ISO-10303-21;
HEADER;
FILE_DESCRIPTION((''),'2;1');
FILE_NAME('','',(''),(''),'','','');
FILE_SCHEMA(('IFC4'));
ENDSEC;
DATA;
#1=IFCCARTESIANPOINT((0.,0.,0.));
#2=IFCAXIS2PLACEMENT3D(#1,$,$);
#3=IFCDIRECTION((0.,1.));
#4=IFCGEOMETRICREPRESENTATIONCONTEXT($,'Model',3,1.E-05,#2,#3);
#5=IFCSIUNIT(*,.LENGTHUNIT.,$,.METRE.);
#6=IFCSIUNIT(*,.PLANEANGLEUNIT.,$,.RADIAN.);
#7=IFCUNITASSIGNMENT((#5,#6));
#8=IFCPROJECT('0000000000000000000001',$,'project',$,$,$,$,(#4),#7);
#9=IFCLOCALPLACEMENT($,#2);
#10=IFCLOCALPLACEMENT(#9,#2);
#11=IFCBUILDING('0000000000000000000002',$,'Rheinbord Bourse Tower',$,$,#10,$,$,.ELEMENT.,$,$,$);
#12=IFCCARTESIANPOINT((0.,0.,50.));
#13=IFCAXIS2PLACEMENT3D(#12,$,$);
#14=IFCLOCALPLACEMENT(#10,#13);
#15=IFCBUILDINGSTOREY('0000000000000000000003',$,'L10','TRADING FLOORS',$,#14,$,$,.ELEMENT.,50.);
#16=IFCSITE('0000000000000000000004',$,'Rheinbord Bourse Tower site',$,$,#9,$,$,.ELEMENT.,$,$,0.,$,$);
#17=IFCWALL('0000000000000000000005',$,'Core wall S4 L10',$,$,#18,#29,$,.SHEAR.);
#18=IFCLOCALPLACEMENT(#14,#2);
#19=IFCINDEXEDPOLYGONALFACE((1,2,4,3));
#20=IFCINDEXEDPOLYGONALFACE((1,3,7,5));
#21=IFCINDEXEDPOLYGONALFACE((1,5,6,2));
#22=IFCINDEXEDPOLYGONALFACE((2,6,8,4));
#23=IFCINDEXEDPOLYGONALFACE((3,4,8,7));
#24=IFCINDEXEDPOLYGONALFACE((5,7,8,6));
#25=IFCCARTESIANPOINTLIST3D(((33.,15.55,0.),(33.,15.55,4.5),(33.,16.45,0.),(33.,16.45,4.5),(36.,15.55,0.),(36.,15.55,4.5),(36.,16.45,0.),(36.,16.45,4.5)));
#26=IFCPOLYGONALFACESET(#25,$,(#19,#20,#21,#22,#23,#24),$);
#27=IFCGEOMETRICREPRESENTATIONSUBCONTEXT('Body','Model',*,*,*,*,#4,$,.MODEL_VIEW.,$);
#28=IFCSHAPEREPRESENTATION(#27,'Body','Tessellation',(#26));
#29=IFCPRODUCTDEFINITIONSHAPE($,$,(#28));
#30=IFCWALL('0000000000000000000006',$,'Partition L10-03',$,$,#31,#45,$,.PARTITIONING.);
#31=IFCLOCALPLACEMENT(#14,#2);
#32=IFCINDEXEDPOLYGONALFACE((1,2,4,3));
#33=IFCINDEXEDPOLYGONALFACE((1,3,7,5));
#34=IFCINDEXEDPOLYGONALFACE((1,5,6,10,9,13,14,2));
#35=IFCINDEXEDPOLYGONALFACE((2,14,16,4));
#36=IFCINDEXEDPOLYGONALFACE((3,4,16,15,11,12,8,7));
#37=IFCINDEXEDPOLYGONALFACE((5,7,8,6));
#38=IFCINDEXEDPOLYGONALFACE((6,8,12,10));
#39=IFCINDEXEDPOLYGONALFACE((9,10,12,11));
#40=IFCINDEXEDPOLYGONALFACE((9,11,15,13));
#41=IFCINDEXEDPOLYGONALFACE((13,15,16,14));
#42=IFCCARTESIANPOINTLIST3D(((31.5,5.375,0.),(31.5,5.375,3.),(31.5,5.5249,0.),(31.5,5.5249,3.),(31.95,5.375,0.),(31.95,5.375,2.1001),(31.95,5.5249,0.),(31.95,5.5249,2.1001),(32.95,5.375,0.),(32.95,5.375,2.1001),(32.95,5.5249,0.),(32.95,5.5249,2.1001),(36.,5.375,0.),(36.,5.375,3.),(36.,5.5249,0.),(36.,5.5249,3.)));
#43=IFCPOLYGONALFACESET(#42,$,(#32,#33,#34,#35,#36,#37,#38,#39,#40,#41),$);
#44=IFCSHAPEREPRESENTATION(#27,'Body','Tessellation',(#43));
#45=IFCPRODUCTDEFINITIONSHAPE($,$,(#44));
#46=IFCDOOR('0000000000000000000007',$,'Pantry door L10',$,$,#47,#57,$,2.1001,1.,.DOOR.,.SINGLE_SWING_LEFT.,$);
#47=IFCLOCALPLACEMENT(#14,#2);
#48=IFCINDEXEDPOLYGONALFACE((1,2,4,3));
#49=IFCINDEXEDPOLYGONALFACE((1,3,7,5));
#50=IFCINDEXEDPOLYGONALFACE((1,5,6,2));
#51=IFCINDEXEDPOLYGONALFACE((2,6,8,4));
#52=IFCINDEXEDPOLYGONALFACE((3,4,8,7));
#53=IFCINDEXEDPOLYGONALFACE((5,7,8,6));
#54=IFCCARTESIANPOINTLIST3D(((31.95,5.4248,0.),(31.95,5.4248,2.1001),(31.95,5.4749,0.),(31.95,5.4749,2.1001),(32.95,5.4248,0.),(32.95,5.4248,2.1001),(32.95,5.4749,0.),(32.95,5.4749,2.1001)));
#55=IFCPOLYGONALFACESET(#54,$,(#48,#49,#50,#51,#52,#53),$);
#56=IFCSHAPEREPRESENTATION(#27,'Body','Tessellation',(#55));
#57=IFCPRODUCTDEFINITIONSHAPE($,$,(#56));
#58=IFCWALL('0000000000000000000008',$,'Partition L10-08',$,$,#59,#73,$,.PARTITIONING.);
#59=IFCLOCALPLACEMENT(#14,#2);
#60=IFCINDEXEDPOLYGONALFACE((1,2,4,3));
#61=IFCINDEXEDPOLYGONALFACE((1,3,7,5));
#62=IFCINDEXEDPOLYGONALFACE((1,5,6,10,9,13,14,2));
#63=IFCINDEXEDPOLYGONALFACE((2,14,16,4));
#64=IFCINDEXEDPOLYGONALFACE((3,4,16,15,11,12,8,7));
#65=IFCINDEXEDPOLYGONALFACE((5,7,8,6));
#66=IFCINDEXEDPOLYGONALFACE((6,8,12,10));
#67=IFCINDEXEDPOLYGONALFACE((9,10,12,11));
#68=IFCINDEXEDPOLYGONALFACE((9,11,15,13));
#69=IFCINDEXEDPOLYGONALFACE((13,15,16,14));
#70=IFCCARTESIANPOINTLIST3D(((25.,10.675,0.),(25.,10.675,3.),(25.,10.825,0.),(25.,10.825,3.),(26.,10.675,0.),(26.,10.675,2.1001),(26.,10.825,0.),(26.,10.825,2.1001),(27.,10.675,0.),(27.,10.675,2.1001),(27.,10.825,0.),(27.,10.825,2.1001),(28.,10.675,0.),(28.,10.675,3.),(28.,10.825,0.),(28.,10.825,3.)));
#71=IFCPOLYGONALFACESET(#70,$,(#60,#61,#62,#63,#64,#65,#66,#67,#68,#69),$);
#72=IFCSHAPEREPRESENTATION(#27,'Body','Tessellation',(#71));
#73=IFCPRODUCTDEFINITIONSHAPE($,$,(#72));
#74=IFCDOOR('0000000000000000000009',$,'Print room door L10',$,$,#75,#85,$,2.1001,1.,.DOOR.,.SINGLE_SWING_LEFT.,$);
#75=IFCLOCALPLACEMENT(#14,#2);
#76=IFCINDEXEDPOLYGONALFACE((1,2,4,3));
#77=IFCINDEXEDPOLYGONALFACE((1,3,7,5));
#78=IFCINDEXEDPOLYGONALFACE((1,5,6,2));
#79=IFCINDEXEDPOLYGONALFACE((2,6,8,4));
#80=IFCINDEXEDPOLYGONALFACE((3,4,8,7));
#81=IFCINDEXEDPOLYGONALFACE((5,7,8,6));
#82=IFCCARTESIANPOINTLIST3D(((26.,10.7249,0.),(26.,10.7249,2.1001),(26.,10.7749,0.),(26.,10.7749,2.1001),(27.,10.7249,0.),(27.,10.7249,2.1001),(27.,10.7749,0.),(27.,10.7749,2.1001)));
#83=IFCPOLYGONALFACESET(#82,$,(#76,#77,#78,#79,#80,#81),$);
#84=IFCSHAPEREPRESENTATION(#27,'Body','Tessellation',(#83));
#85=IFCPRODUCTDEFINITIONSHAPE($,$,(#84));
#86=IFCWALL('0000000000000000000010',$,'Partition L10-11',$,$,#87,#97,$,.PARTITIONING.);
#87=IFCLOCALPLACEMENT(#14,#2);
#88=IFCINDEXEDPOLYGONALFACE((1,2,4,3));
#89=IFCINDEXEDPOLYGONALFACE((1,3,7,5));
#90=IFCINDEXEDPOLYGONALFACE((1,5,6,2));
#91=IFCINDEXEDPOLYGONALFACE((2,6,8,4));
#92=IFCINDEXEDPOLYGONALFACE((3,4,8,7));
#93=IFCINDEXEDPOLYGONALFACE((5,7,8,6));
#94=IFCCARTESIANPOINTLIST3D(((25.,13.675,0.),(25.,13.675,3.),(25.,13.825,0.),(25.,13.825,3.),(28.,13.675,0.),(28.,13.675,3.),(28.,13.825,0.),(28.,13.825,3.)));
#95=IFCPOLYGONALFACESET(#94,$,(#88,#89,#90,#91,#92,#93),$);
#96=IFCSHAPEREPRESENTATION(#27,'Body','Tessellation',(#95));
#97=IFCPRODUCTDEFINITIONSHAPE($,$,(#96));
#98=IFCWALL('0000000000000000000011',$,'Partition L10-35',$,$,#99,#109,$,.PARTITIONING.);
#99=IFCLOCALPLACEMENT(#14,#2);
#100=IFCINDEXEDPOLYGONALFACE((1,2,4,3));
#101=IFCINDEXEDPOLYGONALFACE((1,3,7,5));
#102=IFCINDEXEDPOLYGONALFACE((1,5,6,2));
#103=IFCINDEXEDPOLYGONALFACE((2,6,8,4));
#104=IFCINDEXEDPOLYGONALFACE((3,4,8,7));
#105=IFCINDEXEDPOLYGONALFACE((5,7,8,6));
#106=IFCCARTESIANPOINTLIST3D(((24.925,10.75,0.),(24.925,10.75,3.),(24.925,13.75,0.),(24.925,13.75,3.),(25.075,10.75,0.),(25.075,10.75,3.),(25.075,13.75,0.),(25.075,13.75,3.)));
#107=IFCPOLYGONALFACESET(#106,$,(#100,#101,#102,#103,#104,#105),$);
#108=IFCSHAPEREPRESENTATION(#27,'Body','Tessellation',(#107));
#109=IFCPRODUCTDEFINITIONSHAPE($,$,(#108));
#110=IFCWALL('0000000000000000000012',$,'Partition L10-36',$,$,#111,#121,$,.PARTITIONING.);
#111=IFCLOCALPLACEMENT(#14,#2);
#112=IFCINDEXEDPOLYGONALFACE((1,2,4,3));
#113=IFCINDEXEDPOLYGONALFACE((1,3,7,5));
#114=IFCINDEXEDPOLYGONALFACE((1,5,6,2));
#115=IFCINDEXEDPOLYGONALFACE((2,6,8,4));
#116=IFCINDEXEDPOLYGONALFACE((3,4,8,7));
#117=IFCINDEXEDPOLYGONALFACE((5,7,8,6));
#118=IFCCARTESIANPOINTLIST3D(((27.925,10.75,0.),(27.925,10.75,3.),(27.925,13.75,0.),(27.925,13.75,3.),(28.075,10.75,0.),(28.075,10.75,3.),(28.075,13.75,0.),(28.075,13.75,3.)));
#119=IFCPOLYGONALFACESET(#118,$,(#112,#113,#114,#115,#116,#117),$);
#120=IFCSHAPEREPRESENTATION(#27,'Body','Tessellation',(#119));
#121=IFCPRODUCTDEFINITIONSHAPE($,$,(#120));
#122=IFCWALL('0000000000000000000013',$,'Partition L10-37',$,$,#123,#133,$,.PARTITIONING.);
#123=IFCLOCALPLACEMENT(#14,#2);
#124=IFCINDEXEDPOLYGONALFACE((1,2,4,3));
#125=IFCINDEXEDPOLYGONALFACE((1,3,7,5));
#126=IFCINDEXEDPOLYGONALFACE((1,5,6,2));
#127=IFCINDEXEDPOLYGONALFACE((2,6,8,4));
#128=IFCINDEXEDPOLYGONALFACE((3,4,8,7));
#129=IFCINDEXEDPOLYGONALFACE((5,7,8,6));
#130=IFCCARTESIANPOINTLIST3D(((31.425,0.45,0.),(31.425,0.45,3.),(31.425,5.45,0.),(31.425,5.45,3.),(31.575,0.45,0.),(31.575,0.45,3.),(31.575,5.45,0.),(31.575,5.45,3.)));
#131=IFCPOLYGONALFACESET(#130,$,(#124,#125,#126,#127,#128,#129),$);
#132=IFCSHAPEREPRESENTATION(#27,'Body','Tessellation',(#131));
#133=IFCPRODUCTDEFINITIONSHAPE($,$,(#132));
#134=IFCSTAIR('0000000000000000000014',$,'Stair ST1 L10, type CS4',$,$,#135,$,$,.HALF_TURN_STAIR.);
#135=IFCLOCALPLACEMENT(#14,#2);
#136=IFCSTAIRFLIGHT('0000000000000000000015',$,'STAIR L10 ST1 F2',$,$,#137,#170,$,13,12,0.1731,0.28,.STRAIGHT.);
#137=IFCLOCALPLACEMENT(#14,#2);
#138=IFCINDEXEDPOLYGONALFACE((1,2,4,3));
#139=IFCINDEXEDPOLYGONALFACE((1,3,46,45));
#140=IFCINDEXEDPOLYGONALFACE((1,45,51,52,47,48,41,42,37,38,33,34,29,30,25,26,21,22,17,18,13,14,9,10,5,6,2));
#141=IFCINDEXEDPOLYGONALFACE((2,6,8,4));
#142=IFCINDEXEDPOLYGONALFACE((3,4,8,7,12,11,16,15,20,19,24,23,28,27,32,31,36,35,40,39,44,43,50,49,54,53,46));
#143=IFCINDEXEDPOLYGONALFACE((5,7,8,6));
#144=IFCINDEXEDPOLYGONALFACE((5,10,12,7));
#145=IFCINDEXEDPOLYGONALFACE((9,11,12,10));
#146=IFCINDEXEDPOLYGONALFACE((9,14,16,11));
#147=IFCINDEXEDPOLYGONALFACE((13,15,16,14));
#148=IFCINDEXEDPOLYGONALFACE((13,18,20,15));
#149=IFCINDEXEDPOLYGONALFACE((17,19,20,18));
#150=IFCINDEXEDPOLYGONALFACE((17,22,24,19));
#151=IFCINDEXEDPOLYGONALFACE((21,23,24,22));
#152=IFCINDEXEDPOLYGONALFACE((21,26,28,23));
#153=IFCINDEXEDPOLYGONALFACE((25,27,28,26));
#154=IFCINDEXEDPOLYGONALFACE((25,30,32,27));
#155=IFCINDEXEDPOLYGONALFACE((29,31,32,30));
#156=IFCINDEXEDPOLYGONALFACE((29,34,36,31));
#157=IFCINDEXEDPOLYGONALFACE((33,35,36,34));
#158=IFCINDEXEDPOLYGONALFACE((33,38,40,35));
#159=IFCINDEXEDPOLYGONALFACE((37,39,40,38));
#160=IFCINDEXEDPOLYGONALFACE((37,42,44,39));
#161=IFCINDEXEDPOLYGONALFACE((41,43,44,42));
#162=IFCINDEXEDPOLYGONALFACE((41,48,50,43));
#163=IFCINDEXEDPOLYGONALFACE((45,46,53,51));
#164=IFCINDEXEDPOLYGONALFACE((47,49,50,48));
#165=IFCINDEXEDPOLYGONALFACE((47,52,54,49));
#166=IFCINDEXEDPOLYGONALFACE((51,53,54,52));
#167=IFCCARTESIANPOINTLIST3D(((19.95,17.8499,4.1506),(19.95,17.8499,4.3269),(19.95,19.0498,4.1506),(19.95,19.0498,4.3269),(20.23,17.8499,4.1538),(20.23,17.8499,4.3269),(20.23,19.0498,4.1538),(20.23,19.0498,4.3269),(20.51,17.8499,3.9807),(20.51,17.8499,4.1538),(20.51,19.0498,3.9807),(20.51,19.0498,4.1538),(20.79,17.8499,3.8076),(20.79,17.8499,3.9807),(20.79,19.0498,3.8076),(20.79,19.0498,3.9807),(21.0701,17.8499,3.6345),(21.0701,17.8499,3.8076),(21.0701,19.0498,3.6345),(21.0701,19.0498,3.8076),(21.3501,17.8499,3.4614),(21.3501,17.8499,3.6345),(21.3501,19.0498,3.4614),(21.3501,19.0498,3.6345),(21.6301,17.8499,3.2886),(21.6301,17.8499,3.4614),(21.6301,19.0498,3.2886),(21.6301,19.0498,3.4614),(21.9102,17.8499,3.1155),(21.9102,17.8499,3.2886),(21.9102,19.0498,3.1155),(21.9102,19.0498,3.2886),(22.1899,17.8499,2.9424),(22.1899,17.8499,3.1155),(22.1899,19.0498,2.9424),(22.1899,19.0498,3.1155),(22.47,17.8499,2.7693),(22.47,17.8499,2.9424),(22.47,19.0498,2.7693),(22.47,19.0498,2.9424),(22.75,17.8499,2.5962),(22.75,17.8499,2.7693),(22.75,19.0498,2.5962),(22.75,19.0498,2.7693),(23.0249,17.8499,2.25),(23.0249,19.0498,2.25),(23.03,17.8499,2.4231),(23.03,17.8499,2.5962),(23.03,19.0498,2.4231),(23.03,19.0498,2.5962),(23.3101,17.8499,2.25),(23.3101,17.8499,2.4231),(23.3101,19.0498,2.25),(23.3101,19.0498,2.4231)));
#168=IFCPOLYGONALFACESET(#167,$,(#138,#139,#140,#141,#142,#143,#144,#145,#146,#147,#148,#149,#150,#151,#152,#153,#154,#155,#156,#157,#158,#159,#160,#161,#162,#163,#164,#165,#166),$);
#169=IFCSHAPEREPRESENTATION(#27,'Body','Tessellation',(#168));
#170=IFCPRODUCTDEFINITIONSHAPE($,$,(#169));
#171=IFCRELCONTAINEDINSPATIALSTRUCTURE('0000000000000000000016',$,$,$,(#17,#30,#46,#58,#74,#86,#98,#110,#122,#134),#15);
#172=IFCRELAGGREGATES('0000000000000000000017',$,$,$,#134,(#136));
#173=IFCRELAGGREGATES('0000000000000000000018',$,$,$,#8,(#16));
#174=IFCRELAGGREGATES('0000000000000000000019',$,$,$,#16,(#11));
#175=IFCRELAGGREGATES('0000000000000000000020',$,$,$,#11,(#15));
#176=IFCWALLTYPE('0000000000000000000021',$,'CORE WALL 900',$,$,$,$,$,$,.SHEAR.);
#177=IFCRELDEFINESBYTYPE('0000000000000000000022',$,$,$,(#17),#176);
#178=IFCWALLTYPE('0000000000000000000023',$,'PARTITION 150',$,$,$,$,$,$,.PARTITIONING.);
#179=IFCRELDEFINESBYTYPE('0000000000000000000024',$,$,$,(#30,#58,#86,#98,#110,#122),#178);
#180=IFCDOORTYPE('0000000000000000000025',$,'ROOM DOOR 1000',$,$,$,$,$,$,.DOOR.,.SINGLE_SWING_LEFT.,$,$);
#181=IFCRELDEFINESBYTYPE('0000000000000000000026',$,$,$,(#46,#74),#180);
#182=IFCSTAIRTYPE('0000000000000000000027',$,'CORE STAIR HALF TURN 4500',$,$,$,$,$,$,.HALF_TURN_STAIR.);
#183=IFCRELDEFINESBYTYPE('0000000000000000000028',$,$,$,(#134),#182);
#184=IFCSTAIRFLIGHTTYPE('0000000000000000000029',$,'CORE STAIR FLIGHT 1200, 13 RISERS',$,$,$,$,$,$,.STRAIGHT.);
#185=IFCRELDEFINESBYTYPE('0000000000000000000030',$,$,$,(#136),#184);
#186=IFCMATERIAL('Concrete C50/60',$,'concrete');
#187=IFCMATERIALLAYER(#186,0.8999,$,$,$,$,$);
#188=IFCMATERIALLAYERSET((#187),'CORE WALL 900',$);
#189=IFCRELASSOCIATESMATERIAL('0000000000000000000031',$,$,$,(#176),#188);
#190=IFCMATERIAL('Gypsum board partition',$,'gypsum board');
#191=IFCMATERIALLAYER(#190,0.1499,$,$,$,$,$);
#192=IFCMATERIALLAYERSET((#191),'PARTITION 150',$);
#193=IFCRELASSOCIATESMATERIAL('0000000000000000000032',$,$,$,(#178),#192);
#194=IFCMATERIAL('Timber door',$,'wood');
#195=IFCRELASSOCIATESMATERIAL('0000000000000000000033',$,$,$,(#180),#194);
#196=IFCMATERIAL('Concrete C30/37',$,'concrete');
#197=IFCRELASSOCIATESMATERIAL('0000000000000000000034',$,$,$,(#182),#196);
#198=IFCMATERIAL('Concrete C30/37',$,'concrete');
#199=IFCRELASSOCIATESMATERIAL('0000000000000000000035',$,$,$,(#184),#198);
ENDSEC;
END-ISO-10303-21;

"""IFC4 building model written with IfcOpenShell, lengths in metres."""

from ifc_helpers import new_model, si_unit, direction, frame, frame_2d, origin, place, context, subcontext, project, spatial, polyline, rectangle, outline, extrude, material, layer, layer_set, type_object, element, fill, aggregate, save


model = new_model("IFC4")

# Units and contexts
model_context = context("Model", 3, precision=1e-05, world=origin(), true_north=direction((0.0, 1.0)))
body_context = subcontext(model_context, "Body", "Model", "MODEL_VIEW")
ifc_project = project(units=[si_unit("LENGTHUNIT", "METRE"), si_unit("PLANEANGLEUNIT", "RADIAN")], contexts=[model_context])

# Site, building, storey
site_placement = place(None, origin())
site = spatial("IfcSite", under=ifc_project, at=site_placement, Name="Rheinbord Bourse Tower site", CompositionType="ELEMENT", RefElevation=0.0)
building_placement = place(site_placement, origin())
building = spatial("IfcBuilding", under=site, at=building_placement, Name="Rheinbord Bourse Tower", CompositionType="ELEMENT")
storey_placement = place(building_placement, frame((0.0, 0.0, 50.0)))
storey = spatial("IfcBuildingStorey", under=building, at=storey_placement, Name="L10", Description="TRADING FLOORS", CompositionType="ELEMENT", Elevation=50.0)

# Wall
ifc_material_1 = material(Name="Concrete C50/60", Category="concrete")
ifc_layer_1 = layer(ifc_material_1, 0.8999)
ifc_layer_set_1 = layer_set([ifc_layer_1], Name="CORE WALL 900")
wall_type_1 = type_object("IfcWallType", Name="CORE WALL 900", PredefinedType="SHEAR", material=ifc_layer_set_1)
for number, where, z_axis, x_axis, name in (
    (1, (33.0, 16.0, 0.0), (0.0, 0.0, 1.0), (1.0, 0.0, 0.0), "Core wall S4 L10"),
):
    element("IfcWall", number, at=place(storey_placement, frame(where, z_axis=z_axis, x_axis=x_axis)), inside=storey, type_object=wall_type_1, Name=name, PredefinedType="SHEAR", context=body_context, shape_type="SweptSolid", body=[
        extrude(rectangle(XDim=3.0, YDim=0.8999, at=frame_2d((1.5, 0.0))), origin(), (0.0, 0.0, 1.0), 4.5),
    ])

# Walls, openings, doors
ifc_material_2 = material(Name="Gypsum board partition", Category="gypsum board")
ifc_layer_2 = layer(ifc_material_2, 0.1499)
ifc_layer_set_2 = layer_set([ifc_layer_2], Name="PARTITION 150")
wall_type_2 = type_object("IfcWallType", Name="PARTITION 150", PredefinedType="PARTITIONING", material=ifc_layer_set_2)
wall_1_placement = place(storey_placement, frame((31.5, 5.45, 0.0), z_axis=(0.0, 0.0, 1.0), x_axis=(1.0, 0.0, 0.0)))
wall_1 = element("IfcWall", 2, at=wall_1_placement, inside=storey, type_object=wall_type_2, Name="Partition L10-03", PredefinedType="PARTITIONING", context=body_context, shape_type="SweptSolid", body=[
    extrude(rectangle(XDim=4.5, YDim=0.1499, at=frame_2d((2.25, 0.0))), origin(), (0.0, 0.0, 1.0), 3.0),
])
opening_1_placement = place(wall_1_placement, frame((0.45, 0.0, 0.0)))
opening_1 = element("IfcOpeningElement", 3, at=opening_1_placement, cuts=wall_1, PredefinedType="OPENING", context=body_context, shape_type="SweptSolid", body=[
    extrude(rectangle(XDim=1.0, YDim=2.1001, at=frame_2d((0.5, 1.05))), frame((0.0, 0.085, 0.0), z_axis=(0.0, -1.0, 0.0), x_axis=(1.0, 0.0, 0.0)), (0.0, 0.0, 1.0), 0.1699),
])
ifc_material_3 = material(Name="Timber door", Category="wood")
door_type_1 = type_object("IfcDoorType", Name="ROOM DOOR 1000", OperationType="SINGLE_SWING_LEFT", PredefinedType="DOOR", material=ifc_material_3)
door_1_placement = place(opening_1_placement, origin())
door_1 = element("IfcDoor", 4, at=door_1_placement, inside=storey, type_object=door_type_1, Name="Pantry door L10", OperationType="SINGLE_SWING_LEFT", OverallHeight=2.1001, OverallWidth=1.0, PredefinedType="DOOR", context=body_context, shape_type="SweptSolid", body=[
    extrude(rectangle(XDim=1.0, YDim=2.1001, at=frame_2d((0.5, 1.05))), frame((0.0, 0.0249, 0.0), z_axis=(0.0, -1.0, 0.0), x_axis=(1.0, 0.0, 0.0)), (0.0, 0.0, 1.0), 0.05),
])
fill(opening_1, door_1)
wall_2_placement = place(storey_placement, frame((25.0, 10.75, 0.0), z_axis=(0.0, 0.0, 1.0), x_axis=(1.0, 0.0, 0.0)))
wall_2 = element("IfcWall", 5, at=wall_2_placement, inside=storey, type_object=wall_type_2, Name="Partition L10-08", PredefinedType="PARTITIONING", context=body_context, shape_type="SweptSolid", body=[
    extrude(rectangle(XDim=3.0, YDim=0.1499, at=frame_2d((1.5, 0.0))), origin(), (0.0, 0.0, 1.0), 3.0),
])
opening_2_placement = place(wall_2_placement, frame((1.0, 0.0, 0.0)))
opening_2 = element("IfcOpeningElement", 6, at=opening_2_placement, cuts=wall_2, PredefinedType="OPENING", context=body_context, shape_type="SweptSolid", body=[
    extrude(rectangle(XDim=1.0, YDim=2.1001, at=frame_2d((0.5, 1.05))), frame((0.0, 0.085, 0.0), z_axis=(0.0, -1.0, 0.0), x_axis=(1.0, 0.0, 0.0)), (0.0, 0.0, 1.0), 0.1699),
])
door_2_placement = place(opening_2_placement, origin())
door_2 = element("IfcDoor", 7, at=door_2_placement, inside=storey, type_object=door_type_1, Name="Print room door L10", OperationType="SINGLE_SWING_LEFT", OverallHeight=2.1001, OverallWidth=1.0, PredefinedType="DOOR", context=body_context, shape_type="SweptSolid", body=[
    extrude(rectangle(XDim=1.0, YDim=2.1001, at=frame_2d((0.5, 1.05))), frame((0.0, 0.0249, 0.0), z_axis=(0.0, -1.0, 0.0), x_axis=(1.0, 0.0, 0.0)), (0.0, 0.0, 1.0), 0.05),
])
fill(opening_2, door_2)

# Walls
for number, where, z_axis, x_axis, name in (
    (8, (25.0, 13.75, 0.0), (0.0, 0.0, 1.0), (1.0, 0.0, 0.0), "Partition L10-11"),
    (9, (25.0, 10.75, 0.0), (0.0, 0.0, 1.0), (0.0, 1.0, 0.0), "Partition L10-35"),
    (10, (28.0, 10.75, 0.0), (0.0, 0.0, 1.0), (0.0, 1.0, 0.0), "Partition L10-36"),
):
    element("IfcWall", number, at=place(storey_placement, frame(where, z_axis=z_axis, x_axis=x_axis)), inside=storey, type_object=wall_type_2, Name=name, PredefinedType="PARTITIONING", context=body_context, shape_type="SweptSolid", body=[
        extrude(rectangle(XDim=3.0, YDim=0.1499, at=frame_2d((1.5, 0.0))), origin(), (0.0, 0.0, 1.0), 3.0),
    ])
wall_3_placement = place(storey_placement, frame((31.5, 0.45, 0.0), z_axis=(0.0, 0.0, 1.0), x_axis=(0.0, 1.0, 0.0)))
element("IfcWall", 11, at=wall_3_placement, inside=storey, type_object=wall_type_2, Name="Partition L10-37", PredefinedType="PARTITIONING", context=body_context, shape_type="SweptSolid", body=[
    extrude(rectangle(XDim=5.0, YDim=0.1499, at=frame_2d((2.5, 0.0))), origin(), (0.0, 0.0, 1.0), 3.0),
])

# Stair, stair flight
ifc_material_4 = material(Name="Concrete C30/37", Category="concrete")
stair_type = type_object("IfcStairType", Name="CORE STAIR HALF TURN 4500", PredefinedType="HALF_TURN_STAIR", material=ifc_material_4)
stair_placement = place(storey_placement, origin())
stair = element("IfcStair", 12, at=stair_placement, inside=storey, type_object=stair_type, Name="Stair ST1 L10, type CS4", PredefinedType="HALF_TURN_STAIR")
ifc_material_5 = material(Name="Concrete C30/37", Category="concrete")
stair_flight_type = type_object("IfcStairFlightType", Name="CORE STAIR FLIGHT 1200, 13 RISERS", PredefinedType="STRAIGHT", material=ifc_material_5)
stair_flight_placement = place(storey_placement, frame((23.3101, 18.45, 2.25), z_axis=(0.0, 0.0, 1.0), x_axis=(-1.0, 0.0, 0.0)))
stair_flight = element("IfcStairFlight", 13, at=stair_flight_placement, type_object=stair_flight_type, Name="STAIR L10 ST1 F2", NumberOfRisers=13, NumberOfTreads=12, PredefinedType="STRAIGHT", RiserHeight=0.1731, TreadLength=0.28, context=body_context, shape_type="SweptSolid", body=[
    extrude(outline(polyline([(0.0, 0.0), (0.0, 0.1731), (0.28, 0.1731), (0.28, 0.3462), (0.5601, 0.3462), (0.5601, 0.5193), (0.8401, 0.5193), (0.8401, 0.6924), (1.1201, 0.6924), (1.1201, 0.8655), (1.3999, 0.8655), (1.3999, 1.0386), (1.6799, 1.0386), (1.6799, 1.2114), (1.96, 1.2114), (1.96, 1.3845), (2.24, 1.3845), (2.24, 1.5576), (2.52, 1.5576), (2.52, 1.7307), (2.8, 1.7307), (2.8, 1.9038), (3.0801, 1.9038), (3.0801, 2.0769), (3.3601, 2.0769), (3.3601, 2.25), (3.3601, 1.9006), (0.2852, 0.0), (0.0, 0.0)])), frame((0.0, 0.6001, 0.0), z_axis=(0.0, -1.0, 0.0), x_axis=(1.0, 0.0, 0.0)), (0.0, 0.0, 1.0), 1.2),
])
aggregate(stair, [stair_flight])

save(model, "model.ifc")
